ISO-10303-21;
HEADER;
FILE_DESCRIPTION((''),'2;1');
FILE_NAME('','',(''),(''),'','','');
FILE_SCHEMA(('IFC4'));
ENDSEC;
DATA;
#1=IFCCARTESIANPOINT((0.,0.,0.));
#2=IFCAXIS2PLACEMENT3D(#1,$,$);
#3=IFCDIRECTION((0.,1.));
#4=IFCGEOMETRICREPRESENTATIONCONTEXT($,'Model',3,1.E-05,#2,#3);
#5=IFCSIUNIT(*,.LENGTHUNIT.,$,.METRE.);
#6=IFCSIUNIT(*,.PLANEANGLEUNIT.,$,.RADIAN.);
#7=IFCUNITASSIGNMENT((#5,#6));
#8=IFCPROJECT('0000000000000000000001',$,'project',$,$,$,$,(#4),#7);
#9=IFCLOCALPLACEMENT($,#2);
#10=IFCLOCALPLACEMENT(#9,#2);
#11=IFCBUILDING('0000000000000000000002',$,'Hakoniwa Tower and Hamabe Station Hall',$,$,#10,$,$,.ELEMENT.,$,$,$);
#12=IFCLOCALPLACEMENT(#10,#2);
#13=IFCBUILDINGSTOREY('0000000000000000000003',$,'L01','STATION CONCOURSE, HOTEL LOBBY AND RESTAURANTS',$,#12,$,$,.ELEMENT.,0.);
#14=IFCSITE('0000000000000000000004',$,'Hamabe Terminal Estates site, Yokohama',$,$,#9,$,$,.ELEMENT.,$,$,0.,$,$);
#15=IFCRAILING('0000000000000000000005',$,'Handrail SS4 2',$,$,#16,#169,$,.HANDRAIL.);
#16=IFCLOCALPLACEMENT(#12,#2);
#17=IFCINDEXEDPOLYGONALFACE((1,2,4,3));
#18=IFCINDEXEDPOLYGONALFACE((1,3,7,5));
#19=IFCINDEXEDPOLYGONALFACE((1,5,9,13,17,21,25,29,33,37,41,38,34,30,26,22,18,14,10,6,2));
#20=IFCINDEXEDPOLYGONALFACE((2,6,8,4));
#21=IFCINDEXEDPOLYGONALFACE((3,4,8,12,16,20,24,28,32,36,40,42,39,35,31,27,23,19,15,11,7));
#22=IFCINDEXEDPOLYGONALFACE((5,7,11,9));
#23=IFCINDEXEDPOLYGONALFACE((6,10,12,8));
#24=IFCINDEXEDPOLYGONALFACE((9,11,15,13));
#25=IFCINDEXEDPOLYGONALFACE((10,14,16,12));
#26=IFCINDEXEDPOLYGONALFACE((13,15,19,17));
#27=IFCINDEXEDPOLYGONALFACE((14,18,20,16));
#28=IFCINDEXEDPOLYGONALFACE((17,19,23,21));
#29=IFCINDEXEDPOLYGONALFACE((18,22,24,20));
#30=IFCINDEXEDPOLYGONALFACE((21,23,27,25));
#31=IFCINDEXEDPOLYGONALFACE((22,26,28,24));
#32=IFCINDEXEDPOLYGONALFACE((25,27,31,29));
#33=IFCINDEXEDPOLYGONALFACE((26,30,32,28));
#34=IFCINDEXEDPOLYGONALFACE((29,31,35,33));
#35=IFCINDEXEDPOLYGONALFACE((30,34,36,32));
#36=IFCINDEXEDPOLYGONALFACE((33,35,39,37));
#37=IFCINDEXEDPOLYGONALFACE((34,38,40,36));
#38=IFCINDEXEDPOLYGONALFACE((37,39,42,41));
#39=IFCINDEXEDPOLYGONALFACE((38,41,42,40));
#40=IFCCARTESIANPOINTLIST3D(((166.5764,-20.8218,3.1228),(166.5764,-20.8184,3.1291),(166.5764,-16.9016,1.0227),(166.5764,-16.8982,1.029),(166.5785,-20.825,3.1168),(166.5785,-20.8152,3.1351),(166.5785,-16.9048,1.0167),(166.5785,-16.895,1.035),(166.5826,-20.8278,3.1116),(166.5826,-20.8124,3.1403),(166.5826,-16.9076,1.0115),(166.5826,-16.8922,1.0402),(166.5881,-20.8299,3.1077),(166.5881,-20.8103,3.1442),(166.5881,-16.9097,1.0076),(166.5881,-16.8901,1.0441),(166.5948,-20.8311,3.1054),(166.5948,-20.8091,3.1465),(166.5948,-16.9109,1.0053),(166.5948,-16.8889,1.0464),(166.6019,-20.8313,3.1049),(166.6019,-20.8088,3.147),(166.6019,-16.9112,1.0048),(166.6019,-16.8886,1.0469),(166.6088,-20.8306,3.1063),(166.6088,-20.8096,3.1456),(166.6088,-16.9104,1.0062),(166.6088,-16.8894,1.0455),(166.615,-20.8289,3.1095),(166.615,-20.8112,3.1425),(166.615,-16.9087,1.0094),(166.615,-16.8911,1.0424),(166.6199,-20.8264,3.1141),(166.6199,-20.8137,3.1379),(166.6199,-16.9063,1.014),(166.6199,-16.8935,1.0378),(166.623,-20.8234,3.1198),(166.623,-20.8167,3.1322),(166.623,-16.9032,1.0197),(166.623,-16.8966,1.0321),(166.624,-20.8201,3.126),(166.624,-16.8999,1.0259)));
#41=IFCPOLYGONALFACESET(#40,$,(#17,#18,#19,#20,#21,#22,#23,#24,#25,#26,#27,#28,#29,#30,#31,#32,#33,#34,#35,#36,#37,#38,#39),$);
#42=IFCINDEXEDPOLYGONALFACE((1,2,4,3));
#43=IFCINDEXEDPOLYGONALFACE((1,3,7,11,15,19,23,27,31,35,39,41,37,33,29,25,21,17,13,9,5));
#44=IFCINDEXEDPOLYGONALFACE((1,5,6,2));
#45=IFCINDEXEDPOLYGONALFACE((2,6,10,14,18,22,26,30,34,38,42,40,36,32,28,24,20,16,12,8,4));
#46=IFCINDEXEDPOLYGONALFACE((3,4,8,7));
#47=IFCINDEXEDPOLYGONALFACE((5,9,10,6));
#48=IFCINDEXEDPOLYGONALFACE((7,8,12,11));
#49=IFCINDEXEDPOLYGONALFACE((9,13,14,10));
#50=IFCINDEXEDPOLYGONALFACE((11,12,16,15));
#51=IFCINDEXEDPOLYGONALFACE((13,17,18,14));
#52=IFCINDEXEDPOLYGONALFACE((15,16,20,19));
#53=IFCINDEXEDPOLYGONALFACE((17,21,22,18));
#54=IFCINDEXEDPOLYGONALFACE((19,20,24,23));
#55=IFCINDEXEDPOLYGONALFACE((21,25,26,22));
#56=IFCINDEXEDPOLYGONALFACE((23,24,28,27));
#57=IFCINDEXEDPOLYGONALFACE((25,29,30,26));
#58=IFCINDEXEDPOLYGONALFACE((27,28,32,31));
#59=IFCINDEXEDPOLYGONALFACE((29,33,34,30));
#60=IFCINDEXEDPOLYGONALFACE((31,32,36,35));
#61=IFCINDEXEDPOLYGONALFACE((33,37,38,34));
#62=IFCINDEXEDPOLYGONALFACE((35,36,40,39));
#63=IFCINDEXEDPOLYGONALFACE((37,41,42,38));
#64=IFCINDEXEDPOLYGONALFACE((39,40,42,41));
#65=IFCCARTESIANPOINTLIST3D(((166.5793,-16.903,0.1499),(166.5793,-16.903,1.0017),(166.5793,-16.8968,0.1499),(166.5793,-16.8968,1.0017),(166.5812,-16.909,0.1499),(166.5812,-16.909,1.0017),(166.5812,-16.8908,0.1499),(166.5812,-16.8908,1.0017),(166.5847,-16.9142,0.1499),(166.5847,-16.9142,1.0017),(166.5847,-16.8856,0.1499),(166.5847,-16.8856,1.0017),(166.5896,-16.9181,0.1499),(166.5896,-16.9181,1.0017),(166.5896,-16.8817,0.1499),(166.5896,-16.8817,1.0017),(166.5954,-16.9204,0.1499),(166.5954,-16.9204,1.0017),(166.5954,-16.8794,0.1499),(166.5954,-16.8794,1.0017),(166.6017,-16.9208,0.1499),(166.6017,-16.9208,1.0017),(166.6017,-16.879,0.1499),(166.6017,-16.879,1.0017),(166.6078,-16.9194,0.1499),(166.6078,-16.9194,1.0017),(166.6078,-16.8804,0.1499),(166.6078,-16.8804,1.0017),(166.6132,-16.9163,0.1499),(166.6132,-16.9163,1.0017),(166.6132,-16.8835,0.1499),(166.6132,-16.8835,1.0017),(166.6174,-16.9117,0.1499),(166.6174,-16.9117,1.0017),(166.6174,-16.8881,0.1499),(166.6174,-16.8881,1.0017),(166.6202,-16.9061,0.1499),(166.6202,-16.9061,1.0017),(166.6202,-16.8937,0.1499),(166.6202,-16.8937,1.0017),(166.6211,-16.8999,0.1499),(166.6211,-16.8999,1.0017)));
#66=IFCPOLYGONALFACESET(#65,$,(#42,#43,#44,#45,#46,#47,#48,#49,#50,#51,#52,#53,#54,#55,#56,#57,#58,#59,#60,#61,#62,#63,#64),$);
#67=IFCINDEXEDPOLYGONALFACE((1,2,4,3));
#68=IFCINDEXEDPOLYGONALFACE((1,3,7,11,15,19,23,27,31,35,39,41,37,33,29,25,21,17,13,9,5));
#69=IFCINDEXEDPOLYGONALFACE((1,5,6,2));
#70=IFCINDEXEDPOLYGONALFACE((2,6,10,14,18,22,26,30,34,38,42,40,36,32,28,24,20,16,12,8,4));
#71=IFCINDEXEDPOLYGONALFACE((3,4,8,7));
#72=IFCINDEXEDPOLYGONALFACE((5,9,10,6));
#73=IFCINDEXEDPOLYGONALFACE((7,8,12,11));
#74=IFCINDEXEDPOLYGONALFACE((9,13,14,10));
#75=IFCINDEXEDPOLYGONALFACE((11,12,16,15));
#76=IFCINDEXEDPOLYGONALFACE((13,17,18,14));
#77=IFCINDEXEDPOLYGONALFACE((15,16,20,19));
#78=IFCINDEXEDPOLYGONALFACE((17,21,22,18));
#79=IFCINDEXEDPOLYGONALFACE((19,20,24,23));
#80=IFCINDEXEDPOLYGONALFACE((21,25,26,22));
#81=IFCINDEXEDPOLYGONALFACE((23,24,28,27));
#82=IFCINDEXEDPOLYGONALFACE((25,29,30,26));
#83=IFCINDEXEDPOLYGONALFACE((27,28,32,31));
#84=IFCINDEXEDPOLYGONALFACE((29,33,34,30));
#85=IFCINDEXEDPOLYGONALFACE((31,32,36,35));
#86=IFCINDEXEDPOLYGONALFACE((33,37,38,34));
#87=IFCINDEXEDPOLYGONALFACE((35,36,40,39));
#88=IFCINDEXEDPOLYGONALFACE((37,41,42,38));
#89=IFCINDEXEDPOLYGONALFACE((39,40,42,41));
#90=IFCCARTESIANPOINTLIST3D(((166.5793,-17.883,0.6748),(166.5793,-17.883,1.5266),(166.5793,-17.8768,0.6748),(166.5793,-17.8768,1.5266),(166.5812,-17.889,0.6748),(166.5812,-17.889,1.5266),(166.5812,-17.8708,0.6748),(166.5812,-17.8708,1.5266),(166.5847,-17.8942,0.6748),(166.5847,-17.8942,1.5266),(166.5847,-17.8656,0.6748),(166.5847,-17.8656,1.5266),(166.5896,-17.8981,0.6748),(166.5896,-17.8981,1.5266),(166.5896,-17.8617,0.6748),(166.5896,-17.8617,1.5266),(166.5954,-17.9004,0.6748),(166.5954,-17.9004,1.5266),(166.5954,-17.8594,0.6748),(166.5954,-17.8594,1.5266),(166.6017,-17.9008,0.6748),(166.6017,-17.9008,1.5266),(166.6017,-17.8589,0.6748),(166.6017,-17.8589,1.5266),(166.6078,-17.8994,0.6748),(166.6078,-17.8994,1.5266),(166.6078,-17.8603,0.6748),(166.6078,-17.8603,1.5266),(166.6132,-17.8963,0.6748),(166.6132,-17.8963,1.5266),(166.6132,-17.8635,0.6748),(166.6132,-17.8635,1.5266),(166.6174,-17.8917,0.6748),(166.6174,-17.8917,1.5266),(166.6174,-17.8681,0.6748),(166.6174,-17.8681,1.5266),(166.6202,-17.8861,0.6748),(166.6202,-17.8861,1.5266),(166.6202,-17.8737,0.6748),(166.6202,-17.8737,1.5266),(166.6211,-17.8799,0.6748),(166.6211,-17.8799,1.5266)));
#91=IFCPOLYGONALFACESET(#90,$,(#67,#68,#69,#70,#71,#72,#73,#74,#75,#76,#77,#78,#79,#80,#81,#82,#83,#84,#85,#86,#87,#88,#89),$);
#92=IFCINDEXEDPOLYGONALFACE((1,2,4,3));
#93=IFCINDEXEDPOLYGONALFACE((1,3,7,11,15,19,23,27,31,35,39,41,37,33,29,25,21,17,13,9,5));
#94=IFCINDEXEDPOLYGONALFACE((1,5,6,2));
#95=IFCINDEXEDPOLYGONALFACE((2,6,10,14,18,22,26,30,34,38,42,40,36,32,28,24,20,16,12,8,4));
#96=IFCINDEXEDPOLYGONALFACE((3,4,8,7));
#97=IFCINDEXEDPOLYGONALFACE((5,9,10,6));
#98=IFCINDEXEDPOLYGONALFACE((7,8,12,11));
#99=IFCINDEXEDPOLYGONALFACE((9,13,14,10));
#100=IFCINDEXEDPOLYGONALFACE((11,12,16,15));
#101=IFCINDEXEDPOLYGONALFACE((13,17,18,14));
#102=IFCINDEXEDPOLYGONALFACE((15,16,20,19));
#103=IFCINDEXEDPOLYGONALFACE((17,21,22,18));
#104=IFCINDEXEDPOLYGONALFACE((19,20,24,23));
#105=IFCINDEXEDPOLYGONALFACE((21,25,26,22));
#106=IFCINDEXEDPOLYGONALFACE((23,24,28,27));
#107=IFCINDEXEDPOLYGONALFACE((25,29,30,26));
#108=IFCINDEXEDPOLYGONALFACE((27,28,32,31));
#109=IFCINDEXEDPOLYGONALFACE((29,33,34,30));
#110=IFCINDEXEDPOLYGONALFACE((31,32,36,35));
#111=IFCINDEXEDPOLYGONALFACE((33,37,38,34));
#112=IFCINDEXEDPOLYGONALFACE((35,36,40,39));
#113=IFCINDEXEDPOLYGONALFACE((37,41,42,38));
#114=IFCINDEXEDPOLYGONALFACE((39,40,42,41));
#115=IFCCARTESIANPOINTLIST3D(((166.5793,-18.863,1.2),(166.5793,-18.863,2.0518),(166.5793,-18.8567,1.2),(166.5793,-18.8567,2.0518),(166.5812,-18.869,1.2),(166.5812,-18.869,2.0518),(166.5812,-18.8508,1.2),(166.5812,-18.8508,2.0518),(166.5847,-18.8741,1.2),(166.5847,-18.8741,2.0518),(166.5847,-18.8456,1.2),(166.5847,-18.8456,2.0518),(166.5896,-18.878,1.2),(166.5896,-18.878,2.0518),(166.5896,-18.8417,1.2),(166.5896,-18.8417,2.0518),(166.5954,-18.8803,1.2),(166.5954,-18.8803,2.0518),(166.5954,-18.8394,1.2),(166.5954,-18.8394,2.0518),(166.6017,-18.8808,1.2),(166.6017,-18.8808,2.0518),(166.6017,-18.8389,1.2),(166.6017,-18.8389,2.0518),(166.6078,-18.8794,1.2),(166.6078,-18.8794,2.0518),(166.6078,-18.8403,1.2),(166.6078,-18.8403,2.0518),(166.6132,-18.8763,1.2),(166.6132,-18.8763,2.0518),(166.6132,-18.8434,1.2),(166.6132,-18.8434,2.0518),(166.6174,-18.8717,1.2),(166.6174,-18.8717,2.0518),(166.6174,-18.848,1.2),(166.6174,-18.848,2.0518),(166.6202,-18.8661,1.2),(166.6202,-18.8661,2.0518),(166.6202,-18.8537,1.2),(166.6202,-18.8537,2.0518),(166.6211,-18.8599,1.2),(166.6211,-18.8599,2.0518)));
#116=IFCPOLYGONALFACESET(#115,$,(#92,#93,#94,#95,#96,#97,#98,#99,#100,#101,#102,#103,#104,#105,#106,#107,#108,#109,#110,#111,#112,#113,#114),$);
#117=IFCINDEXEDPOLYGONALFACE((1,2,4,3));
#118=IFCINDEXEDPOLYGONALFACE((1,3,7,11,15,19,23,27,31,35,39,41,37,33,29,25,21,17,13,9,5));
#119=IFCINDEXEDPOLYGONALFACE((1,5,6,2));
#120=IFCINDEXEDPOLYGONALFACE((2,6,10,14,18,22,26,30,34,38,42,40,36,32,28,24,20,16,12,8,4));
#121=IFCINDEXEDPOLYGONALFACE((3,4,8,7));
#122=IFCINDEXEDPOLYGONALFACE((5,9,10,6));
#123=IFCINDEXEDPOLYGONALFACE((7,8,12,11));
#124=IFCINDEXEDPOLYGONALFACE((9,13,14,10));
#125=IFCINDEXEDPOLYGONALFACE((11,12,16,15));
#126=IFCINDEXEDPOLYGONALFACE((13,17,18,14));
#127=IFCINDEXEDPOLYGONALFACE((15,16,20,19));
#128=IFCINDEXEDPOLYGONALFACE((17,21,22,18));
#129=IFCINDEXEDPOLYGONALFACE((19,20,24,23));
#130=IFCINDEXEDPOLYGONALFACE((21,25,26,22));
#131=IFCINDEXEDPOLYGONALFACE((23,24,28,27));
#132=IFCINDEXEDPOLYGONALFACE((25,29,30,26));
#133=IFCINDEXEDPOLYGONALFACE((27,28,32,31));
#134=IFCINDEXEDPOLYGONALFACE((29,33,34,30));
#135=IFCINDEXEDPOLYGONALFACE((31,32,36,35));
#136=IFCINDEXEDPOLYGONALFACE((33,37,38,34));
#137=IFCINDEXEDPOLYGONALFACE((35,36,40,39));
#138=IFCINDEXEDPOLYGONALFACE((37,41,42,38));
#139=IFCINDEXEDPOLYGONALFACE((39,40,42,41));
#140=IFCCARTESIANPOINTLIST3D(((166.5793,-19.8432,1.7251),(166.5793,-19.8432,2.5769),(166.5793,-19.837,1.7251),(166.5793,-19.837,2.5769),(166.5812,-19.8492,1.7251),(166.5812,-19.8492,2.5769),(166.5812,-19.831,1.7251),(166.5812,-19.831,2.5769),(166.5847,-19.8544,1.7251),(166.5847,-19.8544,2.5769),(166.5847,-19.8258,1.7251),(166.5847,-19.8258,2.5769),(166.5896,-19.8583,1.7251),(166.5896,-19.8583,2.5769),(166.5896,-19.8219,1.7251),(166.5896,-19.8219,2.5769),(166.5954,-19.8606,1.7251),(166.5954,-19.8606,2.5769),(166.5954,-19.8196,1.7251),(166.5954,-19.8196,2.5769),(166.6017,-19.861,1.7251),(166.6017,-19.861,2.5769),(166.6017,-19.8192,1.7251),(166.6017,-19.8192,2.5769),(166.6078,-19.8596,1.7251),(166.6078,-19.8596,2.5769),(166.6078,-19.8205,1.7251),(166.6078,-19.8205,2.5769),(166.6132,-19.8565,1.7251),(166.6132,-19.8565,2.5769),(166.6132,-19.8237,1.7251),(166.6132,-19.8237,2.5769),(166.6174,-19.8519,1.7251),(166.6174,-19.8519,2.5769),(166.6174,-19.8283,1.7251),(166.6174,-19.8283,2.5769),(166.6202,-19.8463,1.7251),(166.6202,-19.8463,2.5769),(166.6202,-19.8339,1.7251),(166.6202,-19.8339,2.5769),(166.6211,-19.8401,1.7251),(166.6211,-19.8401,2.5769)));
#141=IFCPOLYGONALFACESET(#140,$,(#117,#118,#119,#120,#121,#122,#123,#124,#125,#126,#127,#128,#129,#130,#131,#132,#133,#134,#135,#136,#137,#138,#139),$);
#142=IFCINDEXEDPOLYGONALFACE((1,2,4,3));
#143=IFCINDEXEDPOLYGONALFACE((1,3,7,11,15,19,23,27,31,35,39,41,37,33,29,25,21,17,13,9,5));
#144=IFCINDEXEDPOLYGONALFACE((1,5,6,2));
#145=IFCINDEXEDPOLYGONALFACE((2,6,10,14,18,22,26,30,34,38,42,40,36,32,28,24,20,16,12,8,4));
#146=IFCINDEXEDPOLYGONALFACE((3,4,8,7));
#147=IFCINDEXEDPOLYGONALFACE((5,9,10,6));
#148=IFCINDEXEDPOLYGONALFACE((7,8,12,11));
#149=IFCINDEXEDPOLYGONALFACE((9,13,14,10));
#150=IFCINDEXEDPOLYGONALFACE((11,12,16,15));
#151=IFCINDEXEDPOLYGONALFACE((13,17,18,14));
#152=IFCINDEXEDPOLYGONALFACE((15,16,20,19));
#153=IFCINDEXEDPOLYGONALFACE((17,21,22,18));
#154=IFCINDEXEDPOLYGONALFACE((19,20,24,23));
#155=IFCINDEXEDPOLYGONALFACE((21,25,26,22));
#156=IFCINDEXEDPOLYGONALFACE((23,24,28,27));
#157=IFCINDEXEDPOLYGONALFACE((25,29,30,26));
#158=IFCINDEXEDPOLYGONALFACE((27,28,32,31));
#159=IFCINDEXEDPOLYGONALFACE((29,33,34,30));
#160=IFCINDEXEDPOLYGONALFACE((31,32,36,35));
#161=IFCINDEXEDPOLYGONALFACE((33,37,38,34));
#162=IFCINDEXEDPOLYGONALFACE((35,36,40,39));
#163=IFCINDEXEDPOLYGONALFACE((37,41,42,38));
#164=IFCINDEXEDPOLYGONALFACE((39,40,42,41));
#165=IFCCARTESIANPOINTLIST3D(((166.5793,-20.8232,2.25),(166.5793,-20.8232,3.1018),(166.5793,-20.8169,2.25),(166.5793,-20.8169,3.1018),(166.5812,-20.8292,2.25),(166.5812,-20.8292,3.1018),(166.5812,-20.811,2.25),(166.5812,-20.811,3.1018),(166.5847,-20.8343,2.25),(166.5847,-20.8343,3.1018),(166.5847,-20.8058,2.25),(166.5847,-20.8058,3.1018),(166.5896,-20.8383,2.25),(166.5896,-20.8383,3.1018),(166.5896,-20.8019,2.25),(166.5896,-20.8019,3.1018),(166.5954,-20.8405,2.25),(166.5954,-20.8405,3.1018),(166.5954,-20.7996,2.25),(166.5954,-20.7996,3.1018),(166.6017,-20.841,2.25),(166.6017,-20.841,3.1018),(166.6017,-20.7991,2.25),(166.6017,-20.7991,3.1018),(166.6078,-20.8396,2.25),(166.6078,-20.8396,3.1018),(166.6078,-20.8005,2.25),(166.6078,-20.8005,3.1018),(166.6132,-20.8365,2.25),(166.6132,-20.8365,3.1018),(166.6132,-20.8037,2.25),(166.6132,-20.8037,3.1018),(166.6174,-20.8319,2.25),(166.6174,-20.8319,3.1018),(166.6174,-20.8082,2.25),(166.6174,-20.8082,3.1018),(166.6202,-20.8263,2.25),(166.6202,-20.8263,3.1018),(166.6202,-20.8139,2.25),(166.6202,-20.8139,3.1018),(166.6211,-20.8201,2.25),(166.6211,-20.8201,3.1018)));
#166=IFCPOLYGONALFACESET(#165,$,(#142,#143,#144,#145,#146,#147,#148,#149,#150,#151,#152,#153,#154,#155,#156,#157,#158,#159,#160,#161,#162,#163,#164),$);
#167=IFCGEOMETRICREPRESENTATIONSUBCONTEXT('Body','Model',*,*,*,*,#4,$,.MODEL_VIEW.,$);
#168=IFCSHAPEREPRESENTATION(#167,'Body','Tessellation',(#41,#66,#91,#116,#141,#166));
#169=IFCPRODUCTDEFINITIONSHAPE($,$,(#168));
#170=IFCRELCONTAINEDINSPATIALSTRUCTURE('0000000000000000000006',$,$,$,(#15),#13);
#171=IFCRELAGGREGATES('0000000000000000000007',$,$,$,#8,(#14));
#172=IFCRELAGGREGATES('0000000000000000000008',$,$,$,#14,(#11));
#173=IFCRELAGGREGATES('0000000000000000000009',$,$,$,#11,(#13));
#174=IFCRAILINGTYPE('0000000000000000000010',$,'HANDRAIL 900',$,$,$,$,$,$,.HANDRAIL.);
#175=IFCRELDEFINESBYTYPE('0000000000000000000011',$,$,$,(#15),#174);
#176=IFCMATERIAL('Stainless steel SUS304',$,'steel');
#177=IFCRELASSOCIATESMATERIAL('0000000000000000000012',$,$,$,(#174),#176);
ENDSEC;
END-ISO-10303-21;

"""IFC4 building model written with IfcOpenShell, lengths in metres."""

from ifc_helpers import new_model, si_unit, direction, frame, origin, origin_2d, place, context, subcontext, project, spatial, circle, extrude, material, type_object, element, save


model = new_model("IFC4")

# Units and contexts
model_context = context("Model", 3, precision=1e-05, world=origin(), true_north=direction((0.0, 1.0)))
body_context = subcontext(model_context, "Body", "Model", "MODEL_VIEW")
ifc_project = project(units=[si_unit("LENGTHUNIT", "METRE"), si_unit("PLANEANGLEUNIT", "RADIAN")], contexts=[model_context])

# Site, building, storey
site_placement = place(None, origin())
site = spatial("IfcSite", under=ifc_project, at=site_placement, Name="Hamabe Terminal Estates site, Yokohama", CompositionType="ELEMENT", RefElevation=0.0)
building_placement = place(site_placement, origin())
building = spatial("IfcBuilding", under=site, at=building_placement, Name="Hakoniwa Tower and Hamabe Station Hall", CompositionType="ELEMENT")
storey_placement = place(building_placement, origin())
storey = spatial("IfcBuildingStorey", under=building, at=storey_placement, Name="L01", Description="STATION CONCOURSE, HOTEL LOBBY AND RESTAURANTS", CompositionType="ELEMENT", Elevation=0.0)

# Railing
ifc_material_1 = material(Name="Stainless steel SUS304", Category="steel")
railing_type = type_object("IfcRailingType", Name="HANDRAIL 900", PredefinedType="HANDRAIL", material=ifc_material_1)
for number, where, name in (
    (1, (166.6001, -16.8999, 0.1499), "Handrail SS4 2"),
):
    element("IfcRailing", number, at=place(storey_placement, frame(where)), inside=storey, type_object=railing_type, Name=name, PredefinedType="HANDRAIL", context=body_context, shape_type="SweptSolid", body=[
        extrude(circle(Radius=0.0239, at=origin_2d()), frame((0.0, 0.0, 0.876), z_axis=(0.0, -0.881479, 0.472223), x_axis=(1.0, 0.0, 0.0)), (0.0, 0.0, 1.0), 4.4473),
        extrude(circle(Radius=0.021, at=origin_2d()), origin(), (0.0, 0.0, 1.0), 0.8518),
        extrude(circle(Radius=0.021, at=origin_2d()), frame((0.0, -0.98, 0.5249)), (0.0, 0.0, 1.0), 0.8518),
        extrude(circle(Radius=0.021, at=origin_2d()), frame((0.0, -1.96, 1.05)), (0.0, 0.0, 1.0), 0.8518),
        extrude(circle(Radius=0.021, at=origin_2d()), frame((0.0, -2.9402, 1.5752)), (0.0, 0.0, 1.0), 0.8518),
        extrude(circle(Radius=0.021, at=origin_2d()), frame((0.0, -3.9202, 2.1001)), (0.0, 0.0, 1.0), 0.8518),
    ])

save(model, "model.ifc")
